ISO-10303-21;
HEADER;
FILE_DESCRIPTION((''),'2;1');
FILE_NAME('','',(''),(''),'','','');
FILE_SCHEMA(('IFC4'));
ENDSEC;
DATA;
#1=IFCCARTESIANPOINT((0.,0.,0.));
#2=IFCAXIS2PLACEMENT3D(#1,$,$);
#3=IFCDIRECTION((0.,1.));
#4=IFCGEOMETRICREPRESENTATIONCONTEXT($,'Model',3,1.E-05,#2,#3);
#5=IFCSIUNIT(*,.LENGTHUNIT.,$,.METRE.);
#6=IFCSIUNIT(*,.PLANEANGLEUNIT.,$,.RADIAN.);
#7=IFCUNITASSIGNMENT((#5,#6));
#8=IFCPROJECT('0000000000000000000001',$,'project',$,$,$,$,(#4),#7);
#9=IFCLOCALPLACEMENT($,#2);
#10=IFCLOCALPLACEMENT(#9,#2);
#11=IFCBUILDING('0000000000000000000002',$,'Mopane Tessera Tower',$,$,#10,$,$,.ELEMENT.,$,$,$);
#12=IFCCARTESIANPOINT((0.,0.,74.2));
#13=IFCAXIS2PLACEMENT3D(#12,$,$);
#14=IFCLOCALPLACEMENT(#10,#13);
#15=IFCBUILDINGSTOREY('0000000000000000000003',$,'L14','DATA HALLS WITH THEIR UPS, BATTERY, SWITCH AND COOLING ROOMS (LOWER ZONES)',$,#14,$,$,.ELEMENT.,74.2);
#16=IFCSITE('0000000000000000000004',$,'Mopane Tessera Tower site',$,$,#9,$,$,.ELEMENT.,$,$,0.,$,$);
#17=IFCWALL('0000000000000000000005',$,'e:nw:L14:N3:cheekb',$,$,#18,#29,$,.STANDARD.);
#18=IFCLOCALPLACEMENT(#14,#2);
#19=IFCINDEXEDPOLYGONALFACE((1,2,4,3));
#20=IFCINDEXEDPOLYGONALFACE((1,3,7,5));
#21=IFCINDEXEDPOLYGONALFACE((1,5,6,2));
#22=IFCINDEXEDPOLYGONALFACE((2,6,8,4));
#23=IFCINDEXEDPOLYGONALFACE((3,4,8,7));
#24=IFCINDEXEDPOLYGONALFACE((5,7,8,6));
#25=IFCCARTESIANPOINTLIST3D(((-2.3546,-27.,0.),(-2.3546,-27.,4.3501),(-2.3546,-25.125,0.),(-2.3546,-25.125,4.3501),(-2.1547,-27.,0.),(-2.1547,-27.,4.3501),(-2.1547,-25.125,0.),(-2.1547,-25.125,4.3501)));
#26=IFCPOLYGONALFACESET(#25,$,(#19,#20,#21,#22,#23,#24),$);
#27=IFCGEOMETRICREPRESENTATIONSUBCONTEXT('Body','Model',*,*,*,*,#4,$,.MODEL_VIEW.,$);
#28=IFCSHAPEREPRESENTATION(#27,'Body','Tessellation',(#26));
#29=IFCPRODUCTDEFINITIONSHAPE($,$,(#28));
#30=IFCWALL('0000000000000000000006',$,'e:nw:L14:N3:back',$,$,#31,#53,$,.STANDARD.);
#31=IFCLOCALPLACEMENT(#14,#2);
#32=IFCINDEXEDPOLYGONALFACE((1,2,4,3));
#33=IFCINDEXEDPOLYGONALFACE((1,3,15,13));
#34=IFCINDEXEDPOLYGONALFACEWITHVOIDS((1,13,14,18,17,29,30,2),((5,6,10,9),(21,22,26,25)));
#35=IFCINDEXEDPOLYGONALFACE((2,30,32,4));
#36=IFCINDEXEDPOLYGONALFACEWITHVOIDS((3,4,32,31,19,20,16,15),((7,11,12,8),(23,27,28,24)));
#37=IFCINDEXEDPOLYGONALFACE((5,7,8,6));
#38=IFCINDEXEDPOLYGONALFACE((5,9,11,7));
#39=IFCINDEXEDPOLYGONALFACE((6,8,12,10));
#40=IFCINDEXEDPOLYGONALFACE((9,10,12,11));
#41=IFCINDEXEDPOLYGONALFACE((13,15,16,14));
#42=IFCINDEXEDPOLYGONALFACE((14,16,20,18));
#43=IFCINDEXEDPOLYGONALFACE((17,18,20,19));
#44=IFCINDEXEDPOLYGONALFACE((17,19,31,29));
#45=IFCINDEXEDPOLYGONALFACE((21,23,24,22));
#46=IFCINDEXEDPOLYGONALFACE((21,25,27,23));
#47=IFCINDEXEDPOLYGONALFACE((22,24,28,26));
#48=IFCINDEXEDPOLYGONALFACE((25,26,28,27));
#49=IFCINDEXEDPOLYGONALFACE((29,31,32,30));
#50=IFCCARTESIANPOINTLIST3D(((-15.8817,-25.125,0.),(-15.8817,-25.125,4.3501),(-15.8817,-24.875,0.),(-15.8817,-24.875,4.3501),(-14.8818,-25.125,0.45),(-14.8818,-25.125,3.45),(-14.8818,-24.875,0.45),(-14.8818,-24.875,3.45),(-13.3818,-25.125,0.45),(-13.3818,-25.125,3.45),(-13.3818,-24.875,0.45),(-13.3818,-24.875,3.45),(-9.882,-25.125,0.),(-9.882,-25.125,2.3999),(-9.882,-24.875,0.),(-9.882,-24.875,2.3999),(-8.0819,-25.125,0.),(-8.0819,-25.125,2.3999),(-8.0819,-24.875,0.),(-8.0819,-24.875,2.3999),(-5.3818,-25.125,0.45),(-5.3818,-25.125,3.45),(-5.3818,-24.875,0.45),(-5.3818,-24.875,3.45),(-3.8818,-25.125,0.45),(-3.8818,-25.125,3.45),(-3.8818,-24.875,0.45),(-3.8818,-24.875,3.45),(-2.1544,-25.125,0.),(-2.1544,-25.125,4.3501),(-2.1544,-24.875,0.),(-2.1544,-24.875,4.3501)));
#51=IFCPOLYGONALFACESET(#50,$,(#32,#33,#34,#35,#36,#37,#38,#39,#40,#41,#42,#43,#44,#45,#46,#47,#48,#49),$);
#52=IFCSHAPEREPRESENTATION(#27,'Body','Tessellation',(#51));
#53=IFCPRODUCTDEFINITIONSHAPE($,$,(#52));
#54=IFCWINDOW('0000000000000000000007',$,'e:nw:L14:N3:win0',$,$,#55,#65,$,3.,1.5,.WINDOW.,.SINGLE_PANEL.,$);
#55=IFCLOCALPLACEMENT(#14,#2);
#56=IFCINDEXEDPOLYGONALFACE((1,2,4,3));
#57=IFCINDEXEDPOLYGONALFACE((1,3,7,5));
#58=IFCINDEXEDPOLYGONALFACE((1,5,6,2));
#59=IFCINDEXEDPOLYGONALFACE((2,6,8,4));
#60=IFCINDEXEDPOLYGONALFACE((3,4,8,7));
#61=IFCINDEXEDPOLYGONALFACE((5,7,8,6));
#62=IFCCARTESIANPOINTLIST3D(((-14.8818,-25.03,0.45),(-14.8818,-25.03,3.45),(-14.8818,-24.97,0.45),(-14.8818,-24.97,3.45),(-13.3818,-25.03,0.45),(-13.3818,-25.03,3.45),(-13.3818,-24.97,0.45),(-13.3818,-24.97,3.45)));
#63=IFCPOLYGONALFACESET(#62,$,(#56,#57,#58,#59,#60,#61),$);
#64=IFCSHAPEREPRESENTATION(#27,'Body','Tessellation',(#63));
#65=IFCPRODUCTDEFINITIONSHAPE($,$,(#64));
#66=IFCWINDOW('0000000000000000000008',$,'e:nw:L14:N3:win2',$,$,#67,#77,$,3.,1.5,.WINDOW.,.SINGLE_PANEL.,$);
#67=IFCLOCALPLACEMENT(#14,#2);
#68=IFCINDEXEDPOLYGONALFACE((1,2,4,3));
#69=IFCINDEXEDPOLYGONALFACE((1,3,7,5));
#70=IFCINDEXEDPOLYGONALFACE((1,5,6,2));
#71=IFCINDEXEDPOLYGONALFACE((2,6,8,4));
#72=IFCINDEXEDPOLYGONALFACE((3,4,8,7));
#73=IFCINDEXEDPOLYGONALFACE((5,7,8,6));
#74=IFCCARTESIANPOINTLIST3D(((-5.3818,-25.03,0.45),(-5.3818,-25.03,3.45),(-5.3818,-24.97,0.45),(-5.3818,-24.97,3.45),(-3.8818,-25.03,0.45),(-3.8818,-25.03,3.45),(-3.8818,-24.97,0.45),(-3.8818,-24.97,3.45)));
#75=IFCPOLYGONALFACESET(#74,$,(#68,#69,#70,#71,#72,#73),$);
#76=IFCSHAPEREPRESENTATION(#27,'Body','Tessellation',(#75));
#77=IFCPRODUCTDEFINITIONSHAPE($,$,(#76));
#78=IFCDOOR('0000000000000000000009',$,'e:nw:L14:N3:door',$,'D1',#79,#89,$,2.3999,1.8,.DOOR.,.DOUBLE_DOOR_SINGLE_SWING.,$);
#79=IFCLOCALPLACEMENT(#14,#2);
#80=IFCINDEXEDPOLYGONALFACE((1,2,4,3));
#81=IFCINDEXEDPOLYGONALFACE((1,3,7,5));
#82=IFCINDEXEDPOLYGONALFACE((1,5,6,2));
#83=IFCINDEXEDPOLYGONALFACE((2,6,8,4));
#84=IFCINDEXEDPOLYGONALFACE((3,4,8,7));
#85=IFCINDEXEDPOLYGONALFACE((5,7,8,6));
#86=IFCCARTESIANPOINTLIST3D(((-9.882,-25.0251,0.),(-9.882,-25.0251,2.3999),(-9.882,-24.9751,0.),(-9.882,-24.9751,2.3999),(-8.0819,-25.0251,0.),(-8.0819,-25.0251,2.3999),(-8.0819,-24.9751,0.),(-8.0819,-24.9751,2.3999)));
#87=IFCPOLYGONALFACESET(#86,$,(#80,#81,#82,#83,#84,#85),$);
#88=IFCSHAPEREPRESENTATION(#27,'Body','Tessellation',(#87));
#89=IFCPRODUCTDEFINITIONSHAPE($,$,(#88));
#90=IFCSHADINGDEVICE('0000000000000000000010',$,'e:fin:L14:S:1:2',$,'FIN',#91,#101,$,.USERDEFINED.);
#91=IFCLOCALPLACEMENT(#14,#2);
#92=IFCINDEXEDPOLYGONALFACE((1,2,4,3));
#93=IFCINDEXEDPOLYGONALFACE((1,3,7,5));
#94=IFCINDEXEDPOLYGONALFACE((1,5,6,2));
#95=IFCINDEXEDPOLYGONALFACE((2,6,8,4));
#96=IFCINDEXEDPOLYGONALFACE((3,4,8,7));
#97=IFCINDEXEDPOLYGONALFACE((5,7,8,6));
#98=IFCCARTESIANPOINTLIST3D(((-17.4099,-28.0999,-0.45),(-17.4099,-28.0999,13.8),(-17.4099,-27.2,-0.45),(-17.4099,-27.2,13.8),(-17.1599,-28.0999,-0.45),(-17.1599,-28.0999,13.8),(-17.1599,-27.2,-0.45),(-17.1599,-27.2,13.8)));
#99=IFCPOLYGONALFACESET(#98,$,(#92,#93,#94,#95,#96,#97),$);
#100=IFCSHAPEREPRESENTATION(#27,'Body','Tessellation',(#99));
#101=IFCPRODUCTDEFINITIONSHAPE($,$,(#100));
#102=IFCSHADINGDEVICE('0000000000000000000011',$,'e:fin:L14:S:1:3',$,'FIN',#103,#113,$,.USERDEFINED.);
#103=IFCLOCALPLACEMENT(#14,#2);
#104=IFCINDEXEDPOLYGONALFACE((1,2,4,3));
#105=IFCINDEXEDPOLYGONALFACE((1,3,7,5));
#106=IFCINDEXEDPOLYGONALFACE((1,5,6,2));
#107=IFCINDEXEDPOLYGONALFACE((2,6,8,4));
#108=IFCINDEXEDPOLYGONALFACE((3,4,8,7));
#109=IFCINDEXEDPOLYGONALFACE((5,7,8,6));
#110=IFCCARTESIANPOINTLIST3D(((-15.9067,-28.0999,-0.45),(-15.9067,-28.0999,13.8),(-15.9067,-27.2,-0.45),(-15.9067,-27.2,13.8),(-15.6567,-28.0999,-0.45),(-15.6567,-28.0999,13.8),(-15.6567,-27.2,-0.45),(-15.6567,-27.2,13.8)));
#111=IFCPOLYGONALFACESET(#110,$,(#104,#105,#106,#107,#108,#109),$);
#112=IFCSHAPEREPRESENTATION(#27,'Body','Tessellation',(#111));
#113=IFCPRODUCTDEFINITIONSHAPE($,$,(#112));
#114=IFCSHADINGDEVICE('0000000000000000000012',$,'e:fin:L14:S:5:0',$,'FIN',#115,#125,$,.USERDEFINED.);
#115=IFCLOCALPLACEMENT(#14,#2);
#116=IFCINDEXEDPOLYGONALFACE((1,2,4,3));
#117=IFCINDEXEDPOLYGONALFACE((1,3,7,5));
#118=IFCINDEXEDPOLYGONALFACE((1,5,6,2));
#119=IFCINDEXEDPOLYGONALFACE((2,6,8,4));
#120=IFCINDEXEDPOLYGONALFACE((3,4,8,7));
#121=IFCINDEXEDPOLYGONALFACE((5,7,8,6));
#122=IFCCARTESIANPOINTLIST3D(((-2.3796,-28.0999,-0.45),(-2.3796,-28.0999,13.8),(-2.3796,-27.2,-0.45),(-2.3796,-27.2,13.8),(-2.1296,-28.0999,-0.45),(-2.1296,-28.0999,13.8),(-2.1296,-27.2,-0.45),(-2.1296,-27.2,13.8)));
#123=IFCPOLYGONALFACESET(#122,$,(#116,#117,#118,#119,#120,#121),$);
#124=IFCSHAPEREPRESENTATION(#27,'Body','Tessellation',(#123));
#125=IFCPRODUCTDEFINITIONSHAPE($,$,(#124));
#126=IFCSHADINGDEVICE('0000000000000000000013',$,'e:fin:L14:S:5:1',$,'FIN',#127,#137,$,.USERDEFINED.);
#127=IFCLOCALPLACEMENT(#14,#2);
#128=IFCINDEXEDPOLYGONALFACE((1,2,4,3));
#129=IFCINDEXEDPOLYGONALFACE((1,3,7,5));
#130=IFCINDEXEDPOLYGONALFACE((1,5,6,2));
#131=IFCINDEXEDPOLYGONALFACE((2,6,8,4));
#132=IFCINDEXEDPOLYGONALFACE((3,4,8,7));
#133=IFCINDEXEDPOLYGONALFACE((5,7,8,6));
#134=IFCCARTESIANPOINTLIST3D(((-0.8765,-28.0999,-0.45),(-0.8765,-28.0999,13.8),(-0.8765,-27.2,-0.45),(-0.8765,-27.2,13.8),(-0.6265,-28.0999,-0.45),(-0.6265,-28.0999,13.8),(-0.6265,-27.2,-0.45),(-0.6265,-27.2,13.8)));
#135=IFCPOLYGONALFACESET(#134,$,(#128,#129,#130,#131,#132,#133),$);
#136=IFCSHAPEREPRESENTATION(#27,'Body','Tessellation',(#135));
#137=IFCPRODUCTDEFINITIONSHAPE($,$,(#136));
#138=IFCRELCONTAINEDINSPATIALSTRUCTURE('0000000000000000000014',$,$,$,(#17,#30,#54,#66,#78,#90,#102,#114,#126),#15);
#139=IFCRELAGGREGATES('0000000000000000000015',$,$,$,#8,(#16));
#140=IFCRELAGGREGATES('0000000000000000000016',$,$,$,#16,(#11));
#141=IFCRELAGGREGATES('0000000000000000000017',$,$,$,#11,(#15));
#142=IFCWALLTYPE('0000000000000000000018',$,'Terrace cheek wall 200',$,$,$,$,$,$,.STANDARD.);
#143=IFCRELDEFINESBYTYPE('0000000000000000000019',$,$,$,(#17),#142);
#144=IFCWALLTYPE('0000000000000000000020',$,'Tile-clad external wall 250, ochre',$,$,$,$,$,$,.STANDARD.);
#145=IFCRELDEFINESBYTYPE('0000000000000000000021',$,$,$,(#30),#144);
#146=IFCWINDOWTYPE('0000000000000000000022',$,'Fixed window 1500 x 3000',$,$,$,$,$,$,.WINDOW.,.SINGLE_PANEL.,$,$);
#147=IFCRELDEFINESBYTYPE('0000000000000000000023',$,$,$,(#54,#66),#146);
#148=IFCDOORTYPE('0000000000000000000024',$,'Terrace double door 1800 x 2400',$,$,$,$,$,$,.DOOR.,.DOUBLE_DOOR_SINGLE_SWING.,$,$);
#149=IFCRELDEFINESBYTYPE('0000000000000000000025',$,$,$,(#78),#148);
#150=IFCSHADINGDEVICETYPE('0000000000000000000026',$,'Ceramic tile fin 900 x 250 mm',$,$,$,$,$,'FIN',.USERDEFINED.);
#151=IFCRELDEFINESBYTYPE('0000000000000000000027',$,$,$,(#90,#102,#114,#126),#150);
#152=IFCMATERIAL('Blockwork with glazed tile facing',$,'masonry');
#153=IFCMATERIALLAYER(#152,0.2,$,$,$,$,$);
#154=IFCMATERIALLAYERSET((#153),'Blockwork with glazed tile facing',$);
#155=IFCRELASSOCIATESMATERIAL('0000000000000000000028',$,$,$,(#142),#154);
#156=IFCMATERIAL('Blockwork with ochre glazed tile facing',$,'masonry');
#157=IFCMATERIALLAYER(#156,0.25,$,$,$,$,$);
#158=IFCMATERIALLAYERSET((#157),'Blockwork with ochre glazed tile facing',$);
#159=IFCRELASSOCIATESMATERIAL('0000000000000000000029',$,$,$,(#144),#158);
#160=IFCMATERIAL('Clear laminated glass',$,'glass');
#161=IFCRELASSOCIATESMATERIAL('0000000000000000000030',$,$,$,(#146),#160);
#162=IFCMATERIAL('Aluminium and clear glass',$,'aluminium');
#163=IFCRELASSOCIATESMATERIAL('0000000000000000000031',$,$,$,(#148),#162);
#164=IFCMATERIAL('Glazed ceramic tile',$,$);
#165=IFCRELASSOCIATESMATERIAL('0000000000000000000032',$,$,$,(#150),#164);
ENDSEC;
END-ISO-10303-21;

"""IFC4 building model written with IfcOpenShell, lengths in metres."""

from ifc_helpers import new_model, si_unit, direction, frame, frame_2d, origin, origin_2d, place, context, subcontext, project, spatial, rectangle, extrude, material, layer, layer_set, type_object, element, fill, save


model = new_model("IFC4")

# Units and contexts
model_context = context("Model", 3, precision=1e-05, world=origin(), true_north=direction((0.0, 1.0)))
body_context = subcontext(model_context, "Body", "Model", "MODEL_VIEW")
ifc_project = project(units=[si_unit("LENGTHUNIT", "METRE"), si_unit("PLANEANGLEUNIT", "RADIAN")], contexts=[model_context])

# Site, building, storey
site_placement = place(None, origin())
site = spatial("IfcSite", under=ifc_project, at=site_placement, Name="Mopane Tessera Tower site", CompositionType="ELEMENT", RefElevation=0.0)
building_placement = place(site_placement, origin())
building = spatial("IfcBuilding", under=site, at=building_placement, Name="Mopane Tessera Tower", CompositionType="ELEMENT")
storey_placement = place(building_placement, frame((0.0, 0.0, 74.2)))
storey = spatial("IfcBuildingStorey", under=building, at=storey_placement, Name="L14", Description="DATA HALLS WITH THEIR UPS, BATTERY, SWITCH AND COOLING ROOMS (LOWER ZONES)", CompositionType="ELEMENT", Elevation=74.2)

# Wall
ifc_material_1 = material(Name="Blockwork with glazed tile facing", Category="masonry")
ifc_layer_1 = layer(ifc_material_1, 0.2)
ifc_layer_set_1 = layer_set([ifc_layer_1], Name="Blockwork with glazed tile facing")
wall_type_1 = type_object("IfcWallType", Name="Terrace cheek wall 200", PredefinedType="STANDARD", material=ifc_layer_set_1)
for number, where, z_axis, x_axis, name in (
    (1, (-2.2546, -27.0, 0.0), (0.0, 0.0, 1.0), (0.0, 1.0, 0.0), "e:nw:L14:N3:cheekb"),
):
    element("IfcWall", number, at=place(storey_placement, frame(where, z_axis=z_axis, x_axis=x_axis)), inside=storey, type_object=wall_type_1, Name=name, PredefinedType="STANDARD", context=body_context, shape_type="SweptSolid", body=[
        extrude(rectangle(XDim=1.875, YDim=0.2, at=frame_2d((0.9375, 0.0))), origin(), (0.0, 0.0, 1.0), 4.3501),
    ])

# Wall, openings, windows, door
ifc_material_2 = material(Name="Blockwork with ochre glazed tile facing", Category="masonry")
ifc_layer_2 = layer(ifc_material_2, 0.25)
ifc_layer_set_2 = layer_set([ifc_layer_2], Name="Blockwork with ochre glazed tile facing")
wall_type_2 = type_object("IfcWallType", Name="Tile-clad external wall 250, ochre", PredefinedType="STANDARD", material=ifc_layer_set_2)
wall_1_placement = place(storey_placement, frame((-15.8818, -25.0, 0.0), z_axis=(0.0, 0.0, 1.0), x_axis=(1.0, 0.0, 0.0)))
wall_1 = element("IfcWall", 2, at=wall_1_placement, inside=storey, type_object=wall_type_2, Name="e:nw:L14:N3:back", PredefinedType="STANDARD", context=body_context, shape_type="SweptSolid", body=[
    extrude(rectangle(XDim=13.7273, YDim=0.25, at=frame_2d((6.8638, 0.0))), origin(), (0.0, 0.0, 1.0), 4.3501),
])
opening_1_placement = place(wall_1_placement, frame((1.0, 0.0, 0.45)))
opening_1 = element("IfcOpeningElement", 3, at=opening_1_placement, cuts=wall_1, PredefinedType="OPENING", context=body_context, shape_type="SweptSolid", body=[
    extrude(rectangle(XDim=1.5, YDim=3.0, at=frame_2d((0.75, 1.5))), frame((0.0, 0.137, 0.0), z_axis=(0.0, -1.0, 0.0), x_axis=(1.0, 0.0, 0.0)), (0.0, 0.0, 1.0), 0.2739),
])
opening_2_placement = place(wall_1_placement, frame((6.0, 0.0, 0.0)))
opening_2 = element("IfcOpeningElement", 4, at=opening_2_placement, cuts=wall_1, PredefinedType="OPENING", context=body_context, shape_type="SweptSolid", body=[
    extrude(rectangle(XDim=1.8, YDim=2.3999, at=frame_2d((0.8999, 1.2))), frame((0.0, 0.137, 0.0), z_axis=(0.0, -1.0, 0.0), x_axis=(1.0, 0.0, 0.0)), (0.0, 0.0, 1.0), 0.2739),
])
opening_3_placement = place(wall_1_placement, frame((10.5, 0.0, 0.45)))
opening_3 = element("IfcOpeningElement", 5, at=opening_3_placement, cuts=wall_1, PredefinedType="OPENING", context=body_context, shape_type="SweptSolid", body=[
    extrude(rectangle(XDim=1.5, YDim=3.0, at=frame_2d((0.75, 1.5))), frame((0.0, 0.137, 0.0), z_axis=(0.0, -1.0, 0.0), x_axis=(1.0, 0.0, 0.0)), (0.0, 0.0, 1.0), 0.2739),
])
ifc_material_3 = material(Name="Clear laminated glass", Category="glass")
window_type = type_object("IfcWindowType", Name="Fixed window 1500 x 3000", PartitioningType="SINGLE_PANEL", PredefinedType="WINDOW", material=ifc_material_3)
window_1_placement = place(opening_1_placement, origin())
window_1 = element("IfcWindow", 6, at=window_1_placement, inside=storey, type_object=window_type, Name="e:nw:L14:N3:win0", OverallHeight=3.0, OverallWidth=1.5, PartitioningType="SINGLE_PANEL", PredefinedType="WINDOW", context=body_context, shape_type="SweptSolid", body=[
    extrude(rectangle(XDim=1.5, YDim=3.0, at=frame_2d((0.75, 1.5))), frame((0.0, 0.03, 0.0), z_axis=(0.0, -1.0, 0.0), x_axis=(1.0, 0.0, 0.0)), (0.0, 0.0, 1.0), 0.0601),
])
fill(opening_1, window_1)
window_2_placement = place(opening_3_placement, origin())
window_2 = element("IfcWindow", 7, at=window_2_placement, inside=storey, type_object=window_type, Name="e:nw:L14:N3:win2", OverallHeight=3.0, OverallWidth=1.5, PartitioningType="SINGLE_PANEL", PredefinedType="WINDOW", context=body_context, shape_type="SweptSolid", body=[
    extrude(rectangle(XDim=1.5, YDim=3.0, at=frame_2d((0.75, 1.5))), frame((0.0, 0.03, 0.0), z_axis=(0.0, -1.0, 0.0), x_axis=(1.0, 0.0, 0.0)), (0.0, 0.0, 1.0), 0.0601),
])
fill(opening_3, window_2)
ifc_material_4 = material(Name="Aluminium and clear glass", Category="aluminium")
door_type_1 = type_object("IfcDoorType", Name="Terrace double door 1800 x 2400", OperationType="DOUBLE_DOOR_SINGLE_SWING", PredefinedType="DOOR", material=ifc_material_4)
door_1_placement = place(opening_2_placement, origin())
door_1 = element("IfcDoor", 8, at=door_1_placement, inside=storey, type_object=door_type_1, Name="e:nw:L14:N3:door", ObjectType="D1", OperationType="DOUBLE_DOOR_SINGLE_SWING", OverallHeight=2.3999, OverallWidth=1.8, PredefinedType="DOOR", context=body_context, shape_type="SweptSolid", body=[
    extrude(rectangle(XDim=1.8, YDim=2.3999, at=frame_2d((0.8999, 1.2))), frame((0.0, 0.0249, 0.0), z_axis=(0.0, -1.0, 0.0), x_axis=(1.0, 0.0, 0.0)), (0.0, 0.0, 1.0), 0.05),
])
fill(opening_2, door_1)

# Shading devices
ifc_material_5 = material(Name="Glazed ceramic tile")
shading_device_type = type_object("IfcShadingDeviceType", Name="Ceramic tile fin 900 x 250 mm", ElementType="FIN", PredefinedType="USERDEFINED", material=ifc_material_5)
for number, where, z_axis, x_axis, name in (
    (9, (-17.2849, -27.6499, -0.45), (0.0, 0.0, 1.0), (1.0, 0.0, 0.0), "e:fin:L14:S:1:2"),
    (10, (-15.7817, -27.6499, -0.45), (0.0, 0.0, 1.0), (1.0, 0.0, 0.0), "e:fin:L14:S:1:3"),
    (11, (-2.2546, -27.6499, -0.45), (0.0, 0.0, 1.0), (1.0, 0.0, 0.0), "e:fin:L14:S:5:0"),
    (12, (-0.7515, -27.6499, -0.45), (0.0, 0.0, 1.0), (1.0, 0.0, 0.0), "e:fin:L14:S:5:1"),
):
    element("IfcShadingDevice", number, at=place(storey_placement, frame(where, z_axis=z_axis, x_axis=x_axis)), inside=storey, type_object=shading_device_type, Name=name, ObjectType="FIN", PredefinedType="USERDEFINED", context=body_context, shape_type="SweptSolid", body=[
        extrude(rectangle(XDim=0.25, YDim=0.8999, at=origin_2d()), origin(), (0.0, 0.0, 1.0), 14.25),
    ])

save(model, "model.ifc")
